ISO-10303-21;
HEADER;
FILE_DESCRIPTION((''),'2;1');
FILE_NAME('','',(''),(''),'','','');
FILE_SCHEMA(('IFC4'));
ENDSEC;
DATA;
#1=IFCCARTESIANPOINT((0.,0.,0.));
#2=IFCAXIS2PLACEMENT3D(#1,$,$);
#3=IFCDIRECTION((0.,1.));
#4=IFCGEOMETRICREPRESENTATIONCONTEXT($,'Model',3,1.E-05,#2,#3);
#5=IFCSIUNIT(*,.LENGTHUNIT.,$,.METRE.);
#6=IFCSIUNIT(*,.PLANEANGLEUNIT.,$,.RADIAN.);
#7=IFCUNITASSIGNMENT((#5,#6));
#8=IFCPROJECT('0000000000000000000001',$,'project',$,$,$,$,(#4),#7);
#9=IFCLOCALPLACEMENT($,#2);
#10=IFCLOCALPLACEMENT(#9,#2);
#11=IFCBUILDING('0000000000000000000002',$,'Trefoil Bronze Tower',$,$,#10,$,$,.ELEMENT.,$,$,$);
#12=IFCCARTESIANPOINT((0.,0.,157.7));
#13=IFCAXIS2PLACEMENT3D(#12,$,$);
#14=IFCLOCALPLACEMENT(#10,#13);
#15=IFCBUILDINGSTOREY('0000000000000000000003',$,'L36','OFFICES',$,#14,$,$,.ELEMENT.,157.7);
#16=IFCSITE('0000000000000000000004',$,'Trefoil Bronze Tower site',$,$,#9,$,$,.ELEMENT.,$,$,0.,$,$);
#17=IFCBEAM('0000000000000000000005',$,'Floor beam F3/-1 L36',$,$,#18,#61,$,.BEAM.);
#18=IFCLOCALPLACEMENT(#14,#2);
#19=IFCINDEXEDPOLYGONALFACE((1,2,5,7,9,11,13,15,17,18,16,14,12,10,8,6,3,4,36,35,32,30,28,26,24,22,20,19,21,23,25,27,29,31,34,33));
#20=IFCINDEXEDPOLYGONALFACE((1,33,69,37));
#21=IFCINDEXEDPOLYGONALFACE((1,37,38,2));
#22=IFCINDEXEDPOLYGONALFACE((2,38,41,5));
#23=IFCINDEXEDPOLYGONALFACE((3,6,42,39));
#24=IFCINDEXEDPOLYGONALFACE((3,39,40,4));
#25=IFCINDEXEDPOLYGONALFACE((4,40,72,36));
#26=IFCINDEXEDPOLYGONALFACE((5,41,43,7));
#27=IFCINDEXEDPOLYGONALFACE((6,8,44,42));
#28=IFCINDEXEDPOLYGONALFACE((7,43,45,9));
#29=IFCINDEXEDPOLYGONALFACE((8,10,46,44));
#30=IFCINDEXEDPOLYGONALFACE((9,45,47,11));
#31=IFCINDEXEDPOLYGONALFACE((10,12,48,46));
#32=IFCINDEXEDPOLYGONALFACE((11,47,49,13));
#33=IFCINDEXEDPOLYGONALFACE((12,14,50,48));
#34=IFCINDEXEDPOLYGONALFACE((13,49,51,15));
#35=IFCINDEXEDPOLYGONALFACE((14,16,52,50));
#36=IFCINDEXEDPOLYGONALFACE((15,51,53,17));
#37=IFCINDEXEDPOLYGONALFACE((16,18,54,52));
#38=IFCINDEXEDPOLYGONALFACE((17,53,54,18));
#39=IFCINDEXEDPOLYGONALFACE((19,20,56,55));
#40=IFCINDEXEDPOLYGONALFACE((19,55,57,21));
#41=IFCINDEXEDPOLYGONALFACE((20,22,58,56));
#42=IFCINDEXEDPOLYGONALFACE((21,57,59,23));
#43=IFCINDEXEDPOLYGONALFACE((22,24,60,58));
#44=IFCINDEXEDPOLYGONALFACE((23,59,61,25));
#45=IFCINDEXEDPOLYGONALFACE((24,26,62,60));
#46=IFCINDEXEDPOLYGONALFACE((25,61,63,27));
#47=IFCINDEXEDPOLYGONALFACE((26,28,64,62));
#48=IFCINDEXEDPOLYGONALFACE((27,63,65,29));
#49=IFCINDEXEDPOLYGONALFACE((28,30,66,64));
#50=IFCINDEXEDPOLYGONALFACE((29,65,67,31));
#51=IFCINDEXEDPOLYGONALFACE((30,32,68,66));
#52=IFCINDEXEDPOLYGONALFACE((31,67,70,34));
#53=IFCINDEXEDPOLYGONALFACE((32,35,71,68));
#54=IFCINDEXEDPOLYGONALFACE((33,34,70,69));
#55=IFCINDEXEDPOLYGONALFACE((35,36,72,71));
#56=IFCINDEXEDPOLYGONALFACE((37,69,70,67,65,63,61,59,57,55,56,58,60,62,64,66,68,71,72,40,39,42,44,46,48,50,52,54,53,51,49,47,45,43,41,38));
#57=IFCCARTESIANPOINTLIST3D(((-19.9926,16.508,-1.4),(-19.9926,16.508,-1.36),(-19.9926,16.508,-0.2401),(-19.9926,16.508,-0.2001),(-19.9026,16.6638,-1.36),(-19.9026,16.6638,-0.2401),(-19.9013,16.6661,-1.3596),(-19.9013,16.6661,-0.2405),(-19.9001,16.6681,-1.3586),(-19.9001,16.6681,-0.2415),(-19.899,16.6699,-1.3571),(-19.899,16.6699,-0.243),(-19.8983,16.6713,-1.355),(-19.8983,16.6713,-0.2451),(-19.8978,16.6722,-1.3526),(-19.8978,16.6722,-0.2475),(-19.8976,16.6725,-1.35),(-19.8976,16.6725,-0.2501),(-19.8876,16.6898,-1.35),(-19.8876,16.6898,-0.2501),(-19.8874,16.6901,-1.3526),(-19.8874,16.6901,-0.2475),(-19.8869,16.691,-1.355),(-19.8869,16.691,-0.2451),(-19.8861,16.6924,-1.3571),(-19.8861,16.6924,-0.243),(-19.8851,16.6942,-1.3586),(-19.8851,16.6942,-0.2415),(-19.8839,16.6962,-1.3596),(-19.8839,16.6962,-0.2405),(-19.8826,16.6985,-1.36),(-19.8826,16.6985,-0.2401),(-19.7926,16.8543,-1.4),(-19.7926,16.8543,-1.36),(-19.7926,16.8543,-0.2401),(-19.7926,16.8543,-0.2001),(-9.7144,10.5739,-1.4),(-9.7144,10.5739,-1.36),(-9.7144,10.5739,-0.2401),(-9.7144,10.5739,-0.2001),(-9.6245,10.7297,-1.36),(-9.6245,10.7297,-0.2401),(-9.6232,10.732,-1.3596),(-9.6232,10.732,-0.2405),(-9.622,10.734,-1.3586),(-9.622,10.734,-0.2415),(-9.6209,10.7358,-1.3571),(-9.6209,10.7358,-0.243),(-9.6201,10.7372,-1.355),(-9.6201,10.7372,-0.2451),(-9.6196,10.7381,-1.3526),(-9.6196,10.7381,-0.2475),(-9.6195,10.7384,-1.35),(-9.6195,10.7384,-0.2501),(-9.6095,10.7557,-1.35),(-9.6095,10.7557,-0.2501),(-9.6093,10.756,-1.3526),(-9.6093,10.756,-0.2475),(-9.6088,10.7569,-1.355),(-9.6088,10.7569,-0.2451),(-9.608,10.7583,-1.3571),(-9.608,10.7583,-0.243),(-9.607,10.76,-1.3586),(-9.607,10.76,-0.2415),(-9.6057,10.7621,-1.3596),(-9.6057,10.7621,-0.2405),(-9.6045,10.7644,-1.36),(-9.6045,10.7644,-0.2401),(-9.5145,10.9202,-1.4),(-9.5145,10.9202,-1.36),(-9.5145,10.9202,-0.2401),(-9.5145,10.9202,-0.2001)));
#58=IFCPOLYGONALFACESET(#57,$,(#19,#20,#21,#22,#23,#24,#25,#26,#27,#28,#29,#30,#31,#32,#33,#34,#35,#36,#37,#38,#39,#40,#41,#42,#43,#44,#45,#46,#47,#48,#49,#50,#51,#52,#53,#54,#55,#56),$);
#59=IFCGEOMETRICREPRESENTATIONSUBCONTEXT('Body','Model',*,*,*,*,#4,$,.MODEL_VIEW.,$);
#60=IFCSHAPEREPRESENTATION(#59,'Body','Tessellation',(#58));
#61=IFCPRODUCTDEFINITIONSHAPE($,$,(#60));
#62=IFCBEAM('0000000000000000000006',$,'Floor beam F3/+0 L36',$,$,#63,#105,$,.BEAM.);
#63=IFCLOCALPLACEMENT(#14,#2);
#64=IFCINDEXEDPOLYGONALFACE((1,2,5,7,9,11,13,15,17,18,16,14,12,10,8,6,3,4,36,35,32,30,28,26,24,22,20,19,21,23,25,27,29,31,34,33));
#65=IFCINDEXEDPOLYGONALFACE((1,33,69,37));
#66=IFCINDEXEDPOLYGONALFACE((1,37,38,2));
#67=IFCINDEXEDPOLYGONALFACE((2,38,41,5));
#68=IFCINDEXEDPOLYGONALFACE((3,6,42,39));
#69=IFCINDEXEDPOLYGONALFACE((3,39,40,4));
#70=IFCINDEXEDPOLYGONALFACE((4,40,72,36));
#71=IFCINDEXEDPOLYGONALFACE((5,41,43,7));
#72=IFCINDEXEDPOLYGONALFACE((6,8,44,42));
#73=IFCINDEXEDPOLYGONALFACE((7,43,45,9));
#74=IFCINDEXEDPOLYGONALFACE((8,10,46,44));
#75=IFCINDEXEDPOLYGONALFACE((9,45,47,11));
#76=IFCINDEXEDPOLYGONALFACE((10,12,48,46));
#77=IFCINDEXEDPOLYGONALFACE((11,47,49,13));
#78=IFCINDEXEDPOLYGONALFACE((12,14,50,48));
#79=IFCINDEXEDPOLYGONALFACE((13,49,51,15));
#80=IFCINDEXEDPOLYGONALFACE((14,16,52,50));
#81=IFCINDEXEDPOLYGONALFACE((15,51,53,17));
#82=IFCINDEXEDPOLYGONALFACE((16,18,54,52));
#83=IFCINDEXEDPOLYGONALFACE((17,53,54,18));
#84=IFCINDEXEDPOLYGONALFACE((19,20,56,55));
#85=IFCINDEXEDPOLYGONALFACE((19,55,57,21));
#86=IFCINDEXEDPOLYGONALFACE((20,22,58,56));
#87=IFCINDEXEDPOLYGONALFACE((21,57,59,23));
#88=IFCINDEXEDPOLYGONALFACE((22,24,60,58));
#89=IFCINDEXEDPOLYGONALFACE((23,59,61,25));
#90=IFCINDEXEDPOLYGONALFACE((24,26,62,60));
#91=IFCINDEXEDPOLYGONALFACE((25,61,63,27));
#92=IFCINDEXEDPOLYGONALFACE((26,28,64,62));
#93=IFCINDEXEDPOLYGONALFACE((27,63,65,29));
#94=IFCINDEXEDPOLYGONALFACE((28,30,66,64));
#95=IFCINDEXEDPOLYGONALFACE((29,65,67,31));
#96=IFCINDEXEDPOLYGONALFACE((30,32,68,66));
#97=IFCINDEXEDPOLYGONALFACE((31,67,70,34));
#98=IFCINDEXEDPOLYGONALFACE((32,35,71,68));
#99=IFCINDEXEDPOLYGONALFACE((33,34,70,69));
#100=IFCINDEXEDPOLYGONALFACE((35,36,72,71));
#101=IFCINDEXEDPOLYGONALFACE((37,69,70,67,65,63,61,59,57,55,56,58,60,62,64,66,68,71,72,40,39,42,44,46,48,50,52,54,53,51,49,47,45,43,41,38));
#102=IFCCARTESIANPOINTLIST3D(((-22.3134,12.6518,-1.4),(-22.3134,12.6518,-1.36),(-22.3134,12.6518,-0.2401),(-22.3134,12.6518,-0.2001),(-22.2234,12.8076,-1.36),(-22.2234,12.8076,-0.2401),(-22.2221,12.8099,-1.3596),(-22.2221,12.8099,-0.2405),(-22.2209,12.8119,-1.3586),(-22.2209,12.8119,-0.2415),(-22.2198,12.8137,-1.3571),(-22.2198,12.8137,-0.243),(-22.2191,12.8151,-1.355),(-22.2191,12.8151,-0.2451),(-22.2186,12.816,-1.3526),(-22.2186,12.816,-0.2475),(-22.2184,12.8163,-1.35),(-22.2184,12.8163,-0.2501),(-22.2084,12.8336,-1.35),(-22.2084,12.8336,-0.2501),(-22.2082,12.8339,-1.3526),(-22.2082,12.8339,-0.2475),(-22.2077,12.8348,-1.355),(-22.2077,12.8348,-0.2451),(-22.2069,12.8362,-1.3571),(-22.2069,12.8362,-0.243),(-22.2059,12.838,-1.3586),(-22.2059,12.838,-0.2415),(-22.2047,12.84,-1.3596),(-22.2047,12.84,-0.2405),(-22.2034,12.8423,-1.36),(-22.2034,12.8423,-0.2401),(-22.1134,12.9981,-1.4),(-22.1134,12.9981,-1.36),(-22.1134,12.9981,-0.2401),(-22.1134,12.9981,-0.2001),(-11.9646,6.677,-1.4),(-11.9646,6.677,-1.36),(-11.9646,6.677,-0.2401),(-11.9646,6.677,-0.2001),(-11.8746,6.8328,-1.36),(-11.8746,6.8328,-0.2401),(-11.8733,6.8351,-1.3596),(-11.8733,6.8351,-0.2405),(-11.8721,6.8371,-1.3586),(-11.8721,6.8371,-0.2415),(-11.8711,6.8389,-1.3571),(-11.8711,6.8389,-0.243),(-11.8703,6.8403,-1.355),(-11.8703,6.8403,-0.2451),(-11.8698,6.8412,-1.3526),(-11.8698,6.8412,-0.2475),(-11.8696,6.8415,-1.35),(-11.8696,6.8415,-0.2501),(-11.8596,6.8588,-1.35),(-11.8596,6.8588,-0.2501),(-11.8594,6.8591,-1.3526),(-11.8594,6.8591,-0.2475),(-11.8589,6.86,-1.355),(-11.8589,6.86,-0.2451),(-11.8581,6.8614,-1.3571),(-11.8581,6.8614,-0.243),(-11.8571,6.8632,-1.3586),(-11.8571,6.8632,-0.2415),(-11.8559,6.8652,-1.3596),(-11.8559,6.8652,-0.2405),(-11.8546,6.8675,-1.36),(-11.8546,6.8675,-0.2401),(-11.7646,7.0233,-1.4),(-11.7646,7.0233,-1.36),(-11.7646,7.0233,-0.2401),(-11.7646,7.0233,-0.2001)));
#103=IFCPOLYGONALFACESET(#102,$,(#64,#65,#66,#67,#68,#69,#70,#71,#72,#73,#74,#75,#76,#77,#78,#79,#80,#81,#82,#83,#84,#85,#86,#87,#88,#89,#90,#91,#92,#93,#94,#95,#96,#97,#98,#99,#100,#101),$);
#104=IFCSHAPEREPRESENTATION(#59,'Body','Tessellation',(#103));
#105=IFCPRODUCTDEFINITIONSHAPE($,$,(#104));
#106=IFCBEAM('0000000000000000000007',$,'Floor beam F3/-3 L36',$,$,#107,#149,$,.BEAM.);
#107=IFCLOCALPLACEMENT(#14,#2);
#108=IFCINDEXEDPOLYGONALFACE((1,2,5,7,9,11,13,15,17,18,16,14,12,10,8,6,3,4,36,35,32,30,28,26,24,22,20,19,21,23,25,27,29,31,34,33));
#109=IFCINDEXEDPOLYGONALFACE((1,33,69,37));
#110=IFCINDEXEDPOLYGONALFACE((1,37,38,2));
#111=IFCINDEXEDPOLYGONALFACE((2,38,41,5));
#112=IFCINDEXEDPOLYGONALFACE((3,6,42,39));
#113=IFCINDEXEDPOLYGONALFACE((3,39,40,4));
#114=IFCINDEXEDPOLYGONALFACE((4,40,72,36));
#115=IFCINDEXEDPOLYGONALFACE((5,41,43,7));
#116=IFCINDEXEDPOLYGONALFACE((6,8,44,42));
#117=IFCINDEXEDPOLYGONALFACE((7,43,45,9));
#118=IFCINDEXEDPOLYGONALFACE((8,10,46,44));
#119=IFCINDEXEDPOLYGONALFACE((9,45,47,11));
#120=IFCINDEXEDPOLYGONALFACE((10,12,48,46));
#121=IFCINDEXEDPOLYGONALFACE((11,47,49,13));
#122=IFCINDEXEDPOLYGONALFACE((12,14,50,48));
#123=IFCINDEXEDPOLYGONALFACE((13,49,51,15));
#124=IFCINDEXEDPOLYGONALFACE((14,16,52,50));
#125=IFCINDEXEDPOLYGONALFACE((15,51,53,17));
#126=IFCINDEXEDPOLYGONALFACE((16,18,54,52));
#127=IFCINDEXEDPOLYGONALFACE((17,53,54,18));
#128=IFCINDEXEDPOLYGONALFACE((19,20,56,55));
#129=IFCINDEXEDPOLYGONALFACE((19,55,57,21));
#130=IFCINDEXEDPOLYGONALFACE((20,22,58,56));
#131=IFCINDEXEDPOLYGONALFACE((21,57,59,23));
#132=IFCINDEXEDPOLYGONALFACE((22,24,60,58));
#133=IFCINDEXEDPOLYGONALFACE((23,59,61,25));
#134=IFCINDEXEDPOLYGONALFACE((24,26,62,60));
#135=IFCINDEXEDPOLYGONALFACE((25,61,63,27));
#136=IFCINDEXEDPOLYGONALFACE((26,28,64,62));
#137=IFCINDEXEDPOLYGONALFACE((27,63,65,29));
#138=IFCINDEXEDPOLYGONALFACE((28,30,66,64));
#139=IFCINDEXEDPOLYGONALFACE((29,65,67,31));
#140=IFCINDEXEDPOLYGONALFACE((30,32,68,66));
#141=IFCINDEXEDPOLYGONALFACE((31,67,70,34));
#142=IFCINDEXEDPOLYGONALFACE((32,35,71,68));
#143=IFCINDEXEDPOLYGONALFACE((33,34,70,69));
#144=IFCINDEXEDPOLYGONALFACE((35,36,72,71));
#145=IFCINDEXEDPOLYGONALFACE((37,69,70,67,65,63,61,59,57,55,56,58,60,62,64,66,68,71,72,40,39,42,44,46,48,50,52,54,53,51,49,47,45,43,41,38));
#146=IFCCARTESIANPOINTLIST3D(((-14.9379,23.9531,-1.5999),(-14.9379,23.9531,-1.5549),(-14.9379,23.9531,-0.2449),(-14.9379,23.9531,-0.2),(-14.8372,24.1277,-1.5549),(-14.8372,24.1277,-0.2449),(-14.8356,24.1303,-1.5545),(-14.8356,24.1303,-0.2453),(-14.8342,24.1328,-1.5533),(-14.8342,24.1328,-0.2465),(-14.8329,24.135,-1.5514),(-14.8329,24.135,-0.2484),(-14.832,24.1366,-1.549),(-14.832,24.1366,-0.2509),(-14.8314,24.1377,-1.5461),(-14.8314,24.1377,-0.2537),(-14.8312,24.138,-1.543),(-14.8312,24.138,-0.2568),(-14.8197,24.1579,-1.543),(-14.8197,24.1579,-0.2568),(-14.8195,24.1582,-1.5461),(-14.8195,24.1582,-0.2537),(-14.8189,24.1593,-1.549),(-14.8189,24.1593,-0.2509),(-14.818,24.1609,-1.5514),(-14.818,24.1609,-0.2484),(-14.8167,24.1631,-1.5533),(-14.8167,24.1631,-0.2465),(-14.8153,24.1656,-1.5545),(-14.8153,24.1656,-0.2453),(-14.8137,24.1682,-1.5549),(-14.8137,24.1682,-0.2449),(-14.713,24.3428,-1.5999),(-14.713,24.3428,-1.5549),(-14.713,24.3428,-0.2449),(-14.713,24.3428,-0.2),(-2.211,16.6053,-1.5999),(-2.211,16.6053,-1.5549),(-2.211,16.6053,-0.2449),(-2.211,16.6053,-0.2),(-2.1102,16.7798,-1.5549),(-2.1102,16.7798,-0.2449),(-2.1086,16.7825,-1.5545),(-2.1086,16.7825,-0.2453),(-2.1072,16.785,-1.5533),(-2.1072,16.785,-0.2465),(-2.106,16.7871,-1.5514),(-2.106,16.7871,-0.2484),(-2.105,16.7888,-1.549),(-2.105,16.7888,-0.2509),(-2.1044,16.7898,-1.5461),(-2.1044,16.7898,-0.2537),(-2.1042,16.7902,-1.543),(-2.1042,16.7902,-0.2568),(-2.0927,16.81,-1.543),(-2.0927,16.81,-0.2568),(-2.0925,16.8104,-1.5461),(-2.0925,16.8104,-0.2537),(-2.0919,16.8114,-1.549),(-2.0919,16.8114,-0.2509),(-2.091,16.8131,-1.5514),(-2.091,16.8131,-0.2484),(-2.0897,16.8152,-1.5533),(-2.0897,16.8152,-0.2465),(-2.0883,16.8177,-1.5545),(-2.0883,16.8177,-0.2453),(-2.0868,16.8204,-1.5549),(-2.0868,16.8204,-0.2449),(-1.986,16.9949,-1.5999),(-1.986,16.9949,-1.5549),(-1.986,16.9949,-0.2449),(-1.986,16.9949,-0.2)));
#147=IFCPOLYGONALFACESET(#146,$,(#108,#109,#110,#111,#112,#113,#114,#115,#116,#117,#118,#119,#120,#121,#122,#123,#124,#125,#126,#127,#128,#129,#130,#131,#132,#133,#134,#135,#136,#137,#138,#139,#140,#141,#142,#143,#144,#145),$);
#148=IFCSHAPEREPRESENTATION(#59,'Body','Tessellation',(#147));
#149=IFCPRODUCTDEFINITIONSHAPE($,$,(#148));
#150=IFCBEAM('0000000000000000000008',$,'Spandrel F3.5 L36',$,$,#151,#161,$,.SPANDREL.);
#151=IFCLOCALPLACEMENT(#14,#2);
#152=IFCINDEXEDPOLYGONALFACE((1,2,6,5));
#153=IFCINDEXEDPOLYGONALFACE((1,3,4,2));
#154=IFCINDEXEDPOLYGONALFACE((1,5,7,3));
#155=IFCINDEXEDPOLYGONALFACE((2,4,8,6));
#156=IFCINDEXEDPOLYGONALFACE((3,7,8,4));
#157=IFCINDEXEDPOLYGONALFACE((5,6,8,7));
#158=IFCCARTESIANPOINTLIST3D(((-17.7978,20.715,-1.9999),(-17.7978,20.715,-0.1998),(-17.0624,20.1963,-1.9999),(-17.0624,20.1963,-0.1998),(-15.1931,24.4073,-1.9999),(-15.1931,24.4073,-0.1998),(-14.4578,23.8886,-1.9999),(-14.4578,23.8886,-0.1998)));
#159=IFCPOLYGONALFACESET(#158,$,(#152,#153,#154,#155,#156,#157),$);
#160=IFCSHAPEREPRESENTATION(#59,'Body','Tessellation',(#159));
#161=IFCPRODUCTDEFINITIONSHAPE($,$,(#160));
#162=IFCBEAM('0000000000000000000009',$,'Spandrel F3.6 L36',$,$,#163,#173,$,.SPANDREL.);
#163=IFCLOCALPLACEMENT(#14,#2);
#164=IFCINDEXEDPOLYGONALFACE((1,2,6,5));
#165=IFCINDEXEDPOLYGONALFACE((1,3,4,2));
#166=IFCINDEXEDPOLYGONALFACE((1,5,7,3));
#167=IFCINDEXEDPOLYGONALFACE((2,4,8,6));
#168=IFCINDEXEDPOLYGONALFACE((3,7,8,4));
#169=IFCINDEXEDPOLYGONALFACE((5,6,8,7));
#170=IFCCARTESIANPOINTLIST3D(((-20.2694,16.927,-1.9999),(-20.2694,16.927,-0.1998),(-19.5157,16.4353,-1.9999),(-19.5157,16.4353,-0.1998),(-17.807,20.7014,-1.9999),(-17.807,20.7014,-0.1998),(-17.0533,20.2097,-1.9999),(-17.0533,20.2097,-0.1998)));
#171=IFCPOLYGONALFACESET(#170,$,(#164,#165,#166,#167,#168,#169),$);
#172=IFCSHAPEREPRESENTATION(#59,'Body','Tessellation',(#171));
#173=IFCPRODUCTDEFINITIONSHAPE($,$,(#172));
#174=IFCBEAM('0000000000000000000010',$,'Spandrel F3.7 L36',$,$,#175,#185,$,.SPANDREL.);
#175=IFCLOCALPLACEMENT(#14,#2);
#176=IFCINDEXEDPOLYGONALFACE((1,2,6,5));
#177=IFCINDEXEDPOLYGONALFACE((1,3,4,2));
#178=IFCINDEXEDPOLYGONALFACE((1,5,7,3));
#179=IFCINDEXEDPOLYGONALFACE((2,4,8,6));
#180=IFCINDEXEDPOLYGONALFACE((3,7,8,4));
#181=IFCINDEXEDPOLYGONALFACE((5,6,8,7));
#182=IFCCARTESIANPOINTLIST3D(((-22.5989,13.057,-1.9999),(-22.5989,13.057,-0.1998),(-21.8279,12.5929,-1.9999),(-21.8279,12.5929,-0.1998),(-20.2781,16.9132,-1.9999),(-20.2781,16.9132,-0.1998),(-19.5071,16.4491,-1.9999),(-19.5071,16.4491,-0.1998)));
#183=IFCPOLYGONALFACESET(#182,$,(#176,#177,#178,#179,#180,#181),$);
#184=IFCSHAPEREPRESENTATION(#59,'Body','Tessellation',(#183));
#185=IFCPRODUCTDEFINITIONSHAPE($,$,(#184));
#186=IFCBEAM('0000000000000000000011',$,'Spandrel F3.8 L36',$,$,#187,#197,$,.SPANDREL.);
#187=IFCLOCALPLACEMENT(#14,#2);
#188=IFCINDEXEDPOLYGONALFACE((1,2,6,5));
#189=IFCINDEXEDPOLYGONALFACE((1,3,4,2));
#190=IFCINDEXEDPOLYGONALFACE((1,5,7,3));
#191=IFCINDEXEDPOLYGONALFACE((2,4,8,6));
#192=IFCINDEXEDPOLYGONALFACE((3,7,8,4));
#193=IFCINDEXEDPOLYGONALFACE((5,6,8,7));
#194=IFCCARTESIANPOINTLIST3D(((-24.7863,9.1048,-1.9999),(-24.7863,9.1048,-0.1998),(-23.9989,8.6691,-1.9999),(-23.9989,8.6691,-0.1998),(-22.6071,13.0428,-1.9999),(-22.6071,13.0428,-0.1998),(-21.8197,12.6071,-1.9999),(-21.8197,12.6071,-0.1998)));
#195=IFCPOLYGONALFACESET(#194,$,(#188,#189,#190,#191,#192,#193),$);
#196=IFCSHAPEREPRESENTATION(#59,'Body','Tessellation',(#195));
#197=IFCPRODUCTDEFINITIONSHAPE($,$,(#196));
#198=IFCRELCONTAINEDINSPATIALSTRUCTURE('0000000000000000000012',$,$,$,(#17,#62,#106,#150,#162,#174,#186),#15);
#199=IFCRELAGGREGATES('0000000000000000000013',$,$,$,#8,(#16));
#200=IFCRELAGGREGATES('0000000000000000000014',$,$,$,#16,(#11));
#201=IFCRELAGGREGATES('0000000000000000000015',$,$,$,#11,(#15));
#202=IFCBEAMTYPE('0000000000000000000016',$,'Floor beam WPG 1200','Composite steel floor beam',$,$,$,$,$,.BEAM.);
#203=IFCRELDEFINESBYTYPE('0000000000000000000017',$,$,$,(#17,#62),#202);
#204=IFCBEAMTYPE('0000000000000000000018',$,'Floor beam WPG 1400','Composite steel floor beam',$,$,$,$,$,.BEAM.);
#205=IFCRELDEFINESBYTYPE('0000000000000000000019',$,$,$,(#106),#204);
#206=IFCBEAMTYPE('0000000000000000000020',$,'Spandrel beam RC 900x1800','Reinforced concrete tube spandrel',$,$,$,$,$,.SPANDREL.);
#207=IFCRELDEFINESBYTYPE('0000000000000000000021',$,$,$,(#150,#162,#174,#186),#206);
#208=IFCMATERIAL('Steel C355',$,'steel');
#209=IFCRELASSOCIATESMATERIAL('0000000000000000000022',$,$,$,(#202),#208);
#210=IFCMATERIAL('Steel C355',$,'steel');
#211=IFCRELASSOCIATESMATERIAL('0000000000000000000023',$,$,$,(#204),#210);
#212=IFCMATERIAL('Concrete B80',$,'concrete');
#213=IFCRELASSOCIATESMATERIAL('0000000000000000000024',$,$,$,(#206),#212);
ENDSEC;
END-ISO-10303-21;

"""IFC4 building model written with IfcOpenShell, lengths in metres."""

from ifc_helpers import new_model, si_unit, direction, frame, origin, origin_2d, place, context, subcontext, project, spatial, rectangle, i_section, extrude, material, material_profile, profile_set, type_object, element, save


model = new_model("IFC4")

# Units and contexts
model_context = context("Model", 3, precision=1e-05, world=origin(), true_north=direction((0.0, 1.0)))
body_context = subcontext(model_context, "Body", "Model", "MODEL_VIEW")
ifc_project = project(units=[si_unit("LENGTHUNIT", "METRE"), si_unit("PLANEANGLEUNIT", "RADIAN")], contexts=[model_context])

# Site, building, storey
site_placement = place(None, origin())
site = spatial("IfcSite", under=ifc_project, at=site_placement, Name="Trefoil Bronze Tower site", CompositionType="ELEMENT", RefElevation=0.0)
building_placement = place(site_placement, origin())
building = spatial("IfcBuilding", under=site, at=building_placement, Name="Trefoil Bronze Tower", CompositionType="ELEMENT")
storey_placement = place(building_placement, frame((0.0, 0.0, 157.7)))
storey = spatial("IfcBuildingStorey", under=building, at=storey_placement, Name="L36", Description="OFFICES", CompositionType="ELEMENT", Elevation=157.7)

# Beams
ifc_material_1 = material(Name="Steel C355", Category="steel")
ifc_material_profile_1 = material_profile(ifc_material_1, i_section(OverallWidth=0.3999, OverallDepth=1.2, WebThickness=0.02, FlangeThickness=0.04, FilletRadius=0.01, at=origin_2d()), Name="WPG 1200")
ifc_profile_set_1 = profile_set([ifc_material_profile_1], Name="Steel C355")
beam_type_1 = type_object("IfcBeamType", Name="Floor beam WPG 1200", Description="Composite steel floor beam", PredefinedType="BEAM", material=ifc_profile_set_1)
beam_1_placement = place(storey_placement, frame((-19.8926, 16.6812, -0.8), z_axis=(0.866024, -0.500002, 0.0), x_axis=(0.500002, 0.866024, 0.0)))
element("IfcBeam", 1, at=beam_1_placement, inside=storey, type_object=beam_type_1, Name="Floor beam F3/-1 L36", PredefinedType="BEAM", context=body_context, shape_type="SweptSolid", body=[
    extrude(i_section(OverallWidth=0.3999, OverallDepth=1.2, WebThickness=0.02, FlangeThickness=0.04, FilletRadius=0.01, at=origin_2d()), origin(), (0.0, 0.0, 1.0), 11.8682),
])
beam_2_placement = place(storey_placement, frame((-22.2134, 12.825, -0.8), z_axis=(0.866028, -0.499995, 0.0), x_axis=(0.499995, 0.866028, 0.0)))
element("IfcBeam", 2, at=beam_2_placement, inside=storey, type_object=beam_type_1, Name="Floor beam F3/+0 L36", PredefinedType="BEAM", context=body_context, shape_type="SweptSolid", body=[
    extrude(i_section(OverallWidth=0.3999, OverallDepth=1.2, WebThickness=0.02, FlangeThickness=0.04, FilletRadius=0.01, at=origin_2d()), origin(), (0.0, 0.0, 1.0), 11.9497),
])
ifc_material_2 = material(Name="Steel C355", Category="steel")
ifc_material_profile_2 = material_profile(ifc_material_2, i_section(OverallWidth=0.45, OverallDepth=1.3999, WebThickness=0.0229, FlangeThickness=0.0449, FilletRadius=0.012, at=origin_2d()), Name="WPG 1400")
ifc_profile_set_2 = profile_set([ifc_material_profile_2], Name="Steel C355")
beam_type_2 = type_object("IfcBeamType", Name="Floor beam WPG 1400", Description="Composite steel floor beam", PredefinedType="BEAM", material=ifc_profile_set_2)
beam_3_placement = place(storey_placement, frame((-14.8254, 24.1479, -0.8999), z_axis=(0.866027, -0.499997, 0.0), x_axis=(0.499997, 0.866027, 0.0)))
element("IfcBeam", 3, at=beam_3_placement, inside=storey, type_object=beam_type_2, Name="Floor beam F3/-3 L36", PredefinedType="BEAM", context=body_context, shape_type="SweptSolid", body=[
    extrude(i_section(OverallWidth=0.45, OverallDepth=1.3999, WebThickness=0.0229, FlangeThickness=0.0449, FilletRadius=0.012, at=origin_2d()), origin(), (0.0, 0.0, 1.0), 14.6958),
])
ifc_material_3 = material(Name="Concrete B80", Category="concrete")
ifc_material_profile_3 = material_profile(ifc_material_3, rectangle(XDim=0.8999, YDim=1.8, at=origin_2d()), Name="RC 900x1800")
ifc_profile_set_3 = profile_set([ifc_material_profile_3], Name="Concrete B80")
beam_type_3 = type_object("IfcBeamType", Name="Spandrel beam RC 900x1800", Description="Reinforced concrete tube spandrel", PredefinedType="SPANDREL", material=ifc_profile_set_3)
beam_4_placement = place(storey_placement, frame((-14.8254, 24.1479, -1.0999), z_axis=(-0.576439, -0.81714, 0.0), x_axis=(0.81714, -0.576439, 0.0)))
element("IfcBeam", 4, at=beam_4_placement, inside=storey, type_object=beam_type_3, Name="Spandrel F3.5 L36", PredefinedType="SPANDREL", context=body_context, shape_type="SweptSolid", body=[
    extrude(rectangle(XDim=0.8999, YDim=1.8, at=origin_2d()), origin(), (0.0, 0.0, 1.0), 4.5186),
])
beam_5_placement = place(storey_placement, frame((-17.4302, 20.4556, -1.0999), z_axis=(-0.546397, -0.837527, 0.0), x_axis=(0.837527, -0.546397, 0.0)))
element("IfcBeam", 5, at=beam_5_placement, inside=storey, type_object=beam_type_3, Name="Spandrel F3.6 L36", PredefinedType="SPANDREL", context=body_context, shape_type="SweptSolid", body=[
    extrude(rectangle(XDim=0.8999, YDim=1.8, at=origin_2d()), origin(), (0.0, 0.0, 1.0), 4.5066),
])
for number, where, z_axis, x_axis, name in (
    (6, (-19.8926, 16.6812, -1.0999), (-0.515652, -0.856798, 0.0), (0.856798, -0.515652, 0.0), "Spandrel F3.7 L36"),
    (7, (-22.2134, 12.825, -1.0999), (-0.484187, -0.874965, 0.0), (0.874965, -0.484187, 0.0), "Spandrel F3.8 L36"),
):
    element("IfcBeam", number, at=place(storey_placement, frame(where, z_axis=z_axis, x_axis=x_axis)), inside=storey, type_object=beam_type_3, Name=name, PredefinedType="SPANDREL", context=body_context, shape_type="SweptSolid", body=[
        extrude(rectangle(XDim=0.8999, YDim=1.8, at=origin_2d()), origin(), (0.0, 0.0, 1.0), 4.5007),
    ])

save(model, "model.ifc")
